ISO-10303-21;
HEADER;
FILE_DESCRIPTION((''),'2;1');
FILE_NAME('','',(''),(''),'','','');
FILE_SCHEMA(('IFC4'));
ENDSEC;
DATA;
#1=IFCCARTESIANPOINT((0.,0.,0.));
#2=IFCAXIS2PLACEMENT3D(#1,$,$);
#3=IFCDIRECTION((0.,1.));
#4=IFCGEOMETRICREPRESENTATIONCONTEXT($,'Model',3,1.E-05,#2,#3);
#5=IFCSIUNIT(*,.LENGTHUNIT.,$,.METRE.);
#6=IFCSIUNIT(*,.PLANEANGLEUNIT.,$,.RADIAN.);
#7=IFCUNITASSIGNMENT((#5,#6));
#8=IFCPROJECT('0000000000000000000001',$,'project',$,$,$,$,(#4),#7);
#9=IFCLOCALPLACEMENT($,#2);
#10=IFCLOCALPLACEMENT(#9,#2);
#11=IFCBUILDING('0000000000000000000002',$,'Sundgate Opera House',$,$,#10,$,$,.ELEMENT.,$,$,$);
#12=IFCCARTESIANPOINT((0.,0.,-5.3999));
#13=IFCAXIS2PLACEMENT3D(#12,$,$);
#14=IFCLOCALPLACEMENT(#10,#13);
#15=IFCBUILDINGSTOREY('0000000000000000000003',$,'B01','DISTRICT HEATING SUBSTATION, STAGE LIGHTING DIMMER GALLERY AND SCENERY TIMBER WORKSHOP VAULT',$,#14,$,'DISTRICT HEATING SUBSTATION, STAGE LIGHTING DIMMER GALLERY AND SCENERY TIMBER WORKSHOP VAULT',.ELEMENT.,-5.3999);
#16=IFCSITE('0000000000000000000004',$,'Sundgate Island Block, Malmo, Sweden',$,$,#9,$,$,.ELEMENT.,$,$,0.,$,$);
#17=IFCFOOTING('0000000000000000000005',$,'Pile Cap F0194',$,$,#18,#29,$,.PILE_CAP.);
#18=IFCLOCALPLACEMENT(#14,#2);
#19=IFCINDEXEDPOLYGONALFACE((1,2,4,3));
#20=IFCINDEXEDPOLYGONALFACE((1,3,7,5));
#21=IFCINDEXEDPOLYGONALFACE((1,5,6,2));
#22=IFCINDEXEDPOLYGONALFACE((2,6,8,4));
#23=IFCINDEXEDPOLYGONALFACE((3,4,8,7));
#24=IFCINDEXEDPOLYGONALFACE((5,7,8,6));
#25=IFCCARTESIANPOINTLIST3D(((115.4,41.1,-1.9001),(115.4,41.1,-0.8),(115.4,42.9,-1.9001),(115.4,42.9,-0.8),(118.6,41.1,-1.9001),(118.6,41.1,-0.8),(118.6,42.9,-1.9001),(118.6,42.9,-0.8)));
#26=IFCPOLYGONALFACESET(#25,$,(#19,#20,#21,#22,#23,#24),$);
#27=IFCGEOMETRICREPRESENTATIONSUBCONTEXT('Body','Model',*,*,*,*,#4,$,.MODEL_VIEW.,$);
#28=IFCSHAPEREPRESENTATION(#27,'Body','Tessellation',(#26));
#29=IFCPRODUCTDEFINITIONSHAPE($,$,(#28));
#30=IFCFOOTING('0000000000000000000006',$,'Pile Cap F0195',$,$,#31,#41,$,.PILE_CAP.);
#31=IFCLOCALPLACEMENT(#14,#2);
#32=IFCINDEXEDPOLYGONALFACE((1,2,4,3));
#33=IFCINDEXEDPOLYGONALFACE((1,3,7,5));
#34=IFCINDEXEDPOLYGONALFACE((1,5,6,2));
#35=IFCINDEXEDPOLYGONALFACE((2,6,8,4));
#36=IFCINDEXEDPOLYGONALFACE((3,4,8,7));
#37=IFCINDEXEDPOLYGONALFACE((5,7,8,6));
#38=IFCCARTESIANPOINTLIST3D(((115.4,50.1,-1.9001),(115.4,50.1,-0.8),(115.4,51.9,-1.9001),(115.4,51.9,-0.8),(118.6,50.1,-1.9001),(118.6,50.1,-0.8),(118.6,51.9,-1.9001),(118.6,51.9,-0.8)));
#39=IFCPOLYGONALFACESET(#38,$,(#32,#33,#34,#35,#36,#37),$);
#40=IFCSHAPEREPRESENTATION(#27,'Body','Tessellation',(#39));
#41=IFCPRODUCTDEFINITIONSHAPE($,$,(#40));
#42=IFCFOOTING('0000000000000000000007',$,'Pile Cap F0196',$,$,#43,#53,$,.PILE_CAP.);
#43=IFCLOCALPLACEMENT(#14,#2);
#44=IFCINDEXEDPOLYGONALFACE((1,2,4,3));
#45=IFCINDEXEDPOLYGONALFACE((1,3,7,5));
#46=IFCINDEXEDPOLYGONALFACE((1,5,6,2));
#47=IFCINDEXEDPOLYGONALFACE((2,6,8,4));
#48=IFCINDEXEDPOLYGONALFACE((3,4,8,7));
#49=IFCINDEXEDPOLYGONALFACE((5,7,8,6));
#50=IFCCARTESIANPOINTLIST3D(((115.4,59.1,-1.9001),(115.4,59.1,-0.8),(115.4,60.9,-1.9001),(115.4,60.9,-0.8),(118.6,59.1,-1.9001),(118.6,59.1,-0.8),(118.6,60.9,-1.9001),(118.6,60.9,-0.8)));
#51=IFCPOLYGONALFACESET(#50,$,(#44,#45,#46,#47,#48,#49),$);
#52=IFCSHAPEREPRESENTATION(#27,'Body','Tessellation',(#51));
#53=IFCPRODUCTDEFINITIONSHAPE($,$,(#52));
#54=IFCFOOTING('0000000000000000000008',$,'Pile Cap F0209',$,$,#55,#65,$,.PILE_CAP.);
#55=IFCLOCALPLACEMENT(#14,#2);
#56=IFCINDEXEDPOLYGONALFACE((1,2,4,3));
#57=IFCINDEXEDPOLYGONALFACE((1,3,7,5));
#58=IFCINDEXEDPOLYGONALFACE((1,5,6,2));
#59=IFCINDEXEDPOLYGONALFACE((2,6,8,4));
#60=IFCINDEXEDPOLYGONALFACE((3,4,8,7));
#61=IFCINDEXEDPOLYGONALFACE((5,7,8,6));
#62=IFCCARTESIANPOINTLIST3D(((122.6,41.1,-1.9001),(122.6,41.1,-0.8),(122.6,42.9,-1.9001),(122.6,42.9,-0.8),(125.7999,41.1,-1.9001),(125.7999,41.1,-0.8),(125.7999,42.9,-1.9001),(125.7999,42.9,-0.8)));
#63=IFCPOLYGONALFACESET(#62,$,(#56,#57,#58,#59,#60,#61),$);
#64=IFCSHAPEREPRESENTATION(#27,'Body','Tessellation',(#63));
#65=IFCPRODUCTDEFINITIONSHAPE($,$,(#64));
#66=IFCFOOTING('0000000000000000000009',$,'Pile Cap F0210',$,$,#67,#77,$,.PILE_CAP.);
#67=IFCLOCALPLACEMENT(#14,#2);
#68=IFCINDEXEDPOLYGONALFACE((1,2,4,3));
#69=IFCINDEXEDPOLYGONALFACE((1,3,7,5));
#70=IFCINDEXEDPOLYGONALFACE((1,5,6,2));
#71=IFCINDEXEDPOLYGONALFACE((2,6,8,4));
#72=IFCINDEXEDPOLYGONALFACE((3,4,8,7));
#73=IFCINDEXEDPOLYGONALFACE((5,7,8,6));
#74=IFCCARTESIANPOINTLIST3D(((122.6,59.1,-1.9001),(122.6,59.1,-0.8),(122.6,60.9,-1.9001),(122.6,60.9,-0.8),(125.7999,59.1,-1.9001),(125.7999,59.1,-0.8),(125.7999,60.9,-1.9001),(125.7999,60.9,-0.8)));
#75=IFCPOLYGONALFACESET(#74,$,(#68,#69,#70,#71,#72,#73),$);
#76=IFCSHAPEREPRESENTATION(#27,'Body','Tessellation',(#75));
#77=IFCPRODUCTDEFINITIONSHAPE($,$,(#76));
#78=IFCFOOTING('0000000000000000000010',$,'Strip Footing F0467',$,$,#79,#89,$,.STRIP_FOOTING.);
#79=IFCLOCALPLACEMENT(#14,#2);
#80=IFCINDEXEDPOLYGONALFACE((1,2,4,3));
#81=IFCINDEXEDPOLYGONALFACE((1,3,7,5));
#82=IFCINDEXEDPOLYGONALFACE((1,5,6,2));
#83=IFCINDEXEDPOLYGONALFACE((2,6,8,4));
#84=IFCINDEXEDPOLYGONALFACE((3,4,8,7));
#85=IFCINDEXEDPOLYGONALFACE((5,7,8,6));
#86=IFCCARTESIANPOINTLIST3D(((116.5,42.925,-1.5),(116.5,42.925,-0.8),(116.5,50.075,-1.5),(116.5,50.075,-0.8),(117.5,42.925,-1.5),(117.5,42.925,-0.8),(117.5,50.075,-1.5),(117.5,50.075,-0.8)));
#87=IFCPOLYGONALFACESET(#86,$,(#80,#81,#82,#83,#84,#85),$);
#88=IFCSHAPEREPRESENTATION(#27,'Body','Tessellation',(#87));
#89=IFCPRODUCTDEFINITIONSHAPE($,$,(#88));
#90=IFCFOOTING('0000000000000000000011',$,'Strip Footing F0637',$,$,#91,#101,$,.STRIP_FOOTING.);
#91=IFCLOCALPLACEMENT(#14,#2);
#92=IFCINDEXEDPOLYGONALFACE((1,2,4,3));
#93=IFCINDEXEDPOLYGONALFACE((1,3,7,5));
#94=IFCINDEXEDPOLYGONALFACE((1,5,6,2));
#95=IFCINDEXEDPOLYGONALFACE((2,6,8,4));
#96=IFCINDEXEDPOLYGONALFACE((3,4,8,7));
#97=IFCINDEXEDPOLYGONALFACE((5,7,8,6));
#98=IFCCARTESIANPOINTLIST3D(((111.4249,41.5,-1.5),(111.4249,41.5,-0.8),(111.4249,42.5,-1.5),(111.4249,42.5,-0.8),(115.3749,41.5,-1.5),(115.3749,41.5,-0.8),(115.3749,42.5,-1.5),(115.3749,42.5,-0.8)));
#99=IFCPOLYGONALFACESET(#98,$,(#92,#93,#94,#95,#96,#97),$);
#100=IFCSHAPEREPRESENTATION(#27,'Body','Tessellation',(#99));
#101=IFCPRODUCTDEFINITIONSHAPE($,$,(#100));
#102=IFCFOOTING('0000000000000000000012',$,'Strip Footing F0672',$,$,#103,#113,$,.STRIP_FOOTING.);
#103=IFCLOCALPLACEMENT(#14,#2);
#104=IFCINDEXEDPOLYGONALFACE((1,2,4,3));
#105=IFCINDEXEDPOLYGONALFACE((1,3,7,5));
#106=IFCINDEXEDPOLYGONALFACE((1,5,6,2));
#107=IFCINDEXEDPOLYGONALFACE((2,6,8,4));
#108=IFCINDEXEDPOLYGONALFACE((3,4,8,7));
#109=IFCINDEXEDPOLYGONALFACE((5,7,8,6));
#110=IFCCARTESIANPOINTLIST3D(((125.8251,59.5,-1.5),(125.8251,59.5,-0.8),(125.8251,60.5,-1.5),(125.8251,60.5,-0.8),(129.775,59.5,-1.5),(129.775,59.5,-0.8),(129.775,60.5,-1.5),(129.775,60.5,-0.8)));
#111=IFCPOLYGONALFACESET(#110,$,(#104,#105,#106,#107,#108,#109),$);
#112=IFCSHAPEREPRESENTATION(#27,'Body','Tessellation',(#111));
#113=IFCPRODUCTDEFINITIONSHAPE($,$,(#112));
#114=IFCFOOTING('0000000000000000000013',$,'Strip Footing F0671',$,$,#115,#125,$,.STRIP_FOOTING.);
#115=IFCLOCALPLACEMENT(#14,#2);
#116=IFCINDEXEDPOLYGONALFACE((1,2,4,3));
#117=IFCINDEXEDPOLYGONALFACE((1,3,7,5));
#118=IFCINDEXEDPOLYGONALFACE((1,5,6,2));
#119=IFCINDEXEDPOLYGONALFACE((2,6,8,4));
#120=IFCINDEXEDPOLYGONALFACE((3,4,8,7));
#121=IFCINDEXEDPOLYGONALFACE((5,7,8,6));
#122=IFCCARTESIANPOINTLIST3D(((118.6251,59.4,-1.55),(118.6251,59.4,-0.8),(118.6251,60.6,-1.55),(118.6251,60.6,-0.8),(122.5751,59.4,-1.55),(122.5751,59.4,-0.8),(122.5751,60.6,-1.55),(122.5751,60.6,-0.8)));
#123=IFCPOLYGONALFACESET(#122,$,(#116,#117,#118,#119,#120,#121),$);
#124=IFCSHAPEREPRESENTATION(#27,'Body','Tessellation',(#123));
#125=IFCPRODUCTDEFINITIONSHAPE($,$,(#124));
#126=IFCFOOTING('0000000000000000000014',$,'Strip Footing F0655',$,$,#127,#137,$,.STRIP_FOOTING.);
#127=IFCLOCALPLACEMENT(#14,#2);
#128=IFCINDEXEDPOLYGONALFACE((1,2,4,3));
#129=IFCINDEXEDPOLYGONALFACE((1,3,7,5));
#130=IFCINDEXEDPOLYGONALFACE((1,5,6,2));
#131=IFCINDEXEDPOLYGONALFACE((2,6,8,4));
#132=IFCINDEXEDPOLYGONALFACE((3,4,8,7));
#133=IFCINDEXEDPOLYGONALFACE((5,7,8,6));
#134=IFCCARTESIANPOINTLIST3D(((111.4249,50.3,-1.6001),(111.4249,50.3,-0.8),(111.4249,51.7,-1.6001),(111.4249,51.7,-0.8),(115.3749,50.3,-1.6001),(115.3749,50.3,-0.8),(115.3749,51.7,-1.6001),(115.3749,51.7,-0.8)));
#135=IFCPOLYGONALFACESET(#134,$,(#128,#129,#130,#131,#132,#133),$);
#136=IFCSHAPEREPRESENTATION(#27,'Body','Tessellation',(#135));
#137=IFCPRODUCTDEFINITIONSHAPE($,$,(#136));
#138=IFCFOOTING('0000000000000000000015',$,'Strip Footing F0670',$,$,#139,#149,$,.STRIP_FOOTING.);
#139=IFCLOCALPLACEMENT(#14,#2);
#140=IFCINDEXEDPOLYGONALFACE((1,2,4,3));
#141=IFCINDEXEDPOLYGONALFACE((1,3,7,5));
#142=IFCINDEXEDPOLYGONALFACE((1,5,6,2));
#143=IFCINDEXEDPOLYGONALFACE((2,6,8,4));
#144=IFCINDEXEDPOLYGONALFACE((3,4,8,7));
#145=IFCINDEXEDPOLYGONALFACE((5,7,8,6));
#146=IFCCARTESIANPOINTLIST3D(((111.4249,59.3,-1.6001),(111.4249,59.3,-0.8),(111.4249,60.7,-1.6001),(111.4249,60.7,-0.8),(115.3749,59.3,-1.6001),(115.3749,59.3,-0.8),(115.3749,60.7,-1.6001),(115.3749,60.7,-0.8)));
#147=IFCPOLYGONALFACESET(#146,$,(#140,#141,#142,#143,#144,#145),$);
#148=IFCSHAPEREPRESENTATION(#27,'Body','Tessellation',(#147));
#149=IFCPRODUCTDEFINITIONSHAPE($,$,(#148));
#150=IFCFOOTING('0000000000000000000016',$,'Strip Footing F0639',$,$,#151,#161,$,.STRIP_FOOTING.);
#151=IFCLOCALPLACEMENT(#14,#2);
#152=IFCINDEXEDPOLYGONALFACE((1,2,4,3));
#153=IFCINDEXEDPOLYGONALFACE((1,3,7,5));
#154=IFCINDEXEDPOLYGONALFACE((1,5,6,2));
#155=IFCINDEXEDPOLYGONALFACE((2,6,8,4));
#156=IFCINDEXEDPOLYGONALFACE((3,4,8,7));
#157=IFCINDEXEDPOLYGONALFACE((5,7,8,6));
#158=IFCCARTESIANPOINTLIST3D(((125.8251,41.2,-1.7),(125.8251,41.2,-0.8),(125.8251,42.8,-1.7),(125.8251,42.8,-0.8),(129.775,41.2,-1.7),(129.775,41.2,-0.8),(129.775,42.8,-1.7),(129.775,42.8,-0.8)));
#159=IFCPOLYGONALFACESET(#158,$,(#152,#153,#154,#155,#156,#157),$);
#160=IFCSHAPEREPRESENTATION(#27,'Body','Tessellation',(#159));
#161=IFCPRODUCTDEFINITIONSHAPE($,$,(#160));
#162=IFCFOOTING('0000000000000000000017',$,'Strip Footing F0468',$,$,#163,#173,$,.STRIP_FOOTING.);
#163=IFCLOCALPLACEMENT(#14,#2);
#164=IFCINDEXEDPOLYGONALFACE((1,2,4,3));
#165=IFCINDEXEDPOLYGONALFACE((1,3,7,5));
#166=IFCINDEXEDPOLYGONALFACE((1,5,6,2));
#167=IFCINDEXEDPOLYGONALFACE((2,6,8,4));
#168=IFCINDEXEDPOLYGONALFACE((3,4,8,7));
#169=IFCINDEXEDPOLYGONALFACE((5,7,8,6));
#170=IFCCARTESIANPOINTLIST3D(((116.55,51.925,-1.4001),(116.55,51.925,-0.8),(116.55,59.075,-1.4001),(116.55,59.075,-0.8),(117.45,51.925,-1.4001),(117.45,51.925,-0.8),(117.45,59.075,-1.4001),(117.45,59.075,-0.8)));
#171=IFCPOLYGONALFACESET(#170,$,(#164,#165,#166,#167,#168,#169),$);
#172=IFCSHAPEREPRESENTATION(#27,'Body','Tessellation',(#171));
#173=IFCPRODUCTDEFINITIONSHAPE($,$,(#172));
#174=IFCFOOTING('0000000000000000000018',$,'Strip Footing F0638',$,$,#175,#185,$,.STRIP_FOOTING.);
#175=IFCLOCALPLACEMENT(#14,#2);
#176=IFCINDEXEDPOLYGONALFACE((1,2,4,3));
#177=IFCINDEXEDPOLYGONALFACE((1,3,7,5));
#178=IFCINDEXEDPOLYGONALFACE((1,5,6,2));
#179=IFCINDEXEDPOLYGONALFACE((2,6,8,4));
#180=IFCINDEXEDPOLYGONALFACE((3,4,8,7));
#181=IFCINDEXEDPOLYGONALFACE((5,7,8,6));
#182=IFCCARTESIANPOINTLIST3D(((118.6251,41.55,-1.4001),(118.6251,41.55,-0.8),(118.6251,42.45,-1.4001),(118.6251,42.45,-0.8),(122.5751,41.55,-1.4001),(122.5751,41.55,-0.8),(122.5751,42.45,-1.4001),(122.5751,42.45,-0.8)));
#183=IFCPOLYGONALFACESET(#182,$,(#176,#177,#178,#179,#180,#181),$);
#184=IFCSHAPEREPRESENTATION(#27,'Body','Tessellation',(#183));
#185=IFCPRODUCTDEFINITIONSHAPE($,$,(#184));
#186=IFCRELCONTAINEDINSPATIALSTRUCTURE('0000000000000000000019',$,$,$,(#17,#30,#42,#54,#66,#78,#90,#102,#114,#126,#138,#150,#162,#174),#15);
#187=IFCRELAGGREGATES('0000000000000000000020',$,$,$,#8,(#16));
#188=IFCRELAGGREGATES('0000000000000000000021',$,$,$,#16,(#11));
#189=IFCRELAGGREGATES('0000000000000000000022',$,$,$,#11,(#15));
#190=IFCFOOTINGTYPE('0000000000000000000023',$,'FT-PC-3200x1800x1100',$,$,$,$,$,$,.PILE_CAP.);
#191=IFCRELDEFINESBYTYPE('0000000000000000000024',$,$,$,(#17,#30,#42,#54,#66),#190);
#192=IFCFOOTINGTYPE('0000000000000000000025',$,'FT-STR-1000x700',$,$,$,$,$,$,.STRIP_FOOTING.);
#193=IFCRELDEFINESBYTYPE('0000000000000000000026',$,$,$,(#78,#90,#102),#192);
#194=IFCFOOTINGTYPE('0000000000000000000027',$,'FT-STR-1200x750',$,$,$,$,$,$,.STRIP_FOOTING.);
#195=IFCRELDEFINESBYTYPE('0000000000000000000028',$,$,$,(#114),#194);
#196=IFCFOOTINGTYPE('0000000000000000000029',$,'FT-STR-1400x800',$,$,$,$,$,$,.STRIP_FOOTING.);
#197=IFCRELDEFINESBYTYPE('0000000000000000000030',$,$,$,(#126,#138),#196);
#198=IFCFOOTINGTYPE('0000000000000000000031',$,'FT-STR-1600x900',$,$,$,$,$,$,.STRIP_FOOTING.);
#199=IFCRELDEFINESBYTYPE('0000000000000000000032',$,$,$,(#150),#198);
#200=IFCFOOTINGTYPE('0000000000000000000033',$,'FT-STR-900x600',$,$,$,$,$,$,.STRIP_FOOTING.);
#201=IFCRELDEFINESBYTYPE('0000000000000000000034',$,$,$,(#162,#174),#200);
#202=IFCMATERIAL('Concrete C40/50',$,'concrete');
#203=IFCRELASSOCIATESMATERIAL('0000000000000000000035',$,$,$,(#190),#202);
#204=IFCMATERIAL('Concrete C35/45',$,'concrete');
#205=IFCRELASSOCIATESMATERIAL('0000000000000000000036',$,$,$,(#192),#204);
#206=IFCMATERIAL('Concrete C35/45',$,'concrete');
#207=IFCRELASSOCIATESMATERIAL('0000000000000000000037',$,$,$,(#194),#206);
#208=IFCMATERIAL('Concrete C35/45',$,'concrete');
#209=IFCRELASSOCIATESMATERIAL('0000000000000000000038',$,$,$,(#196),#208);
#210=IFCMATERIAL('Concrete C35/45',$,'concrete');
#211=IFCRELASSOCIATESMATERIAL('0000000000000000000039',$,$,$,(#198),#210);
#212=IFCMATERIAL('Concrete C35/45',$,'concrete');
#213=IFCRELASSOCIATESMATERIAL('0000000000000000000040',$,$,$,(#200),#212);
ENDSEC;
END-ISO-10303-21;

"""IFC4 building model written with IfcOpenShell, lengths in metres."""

from ifc_helpers import new_model, si_unit, direction, frame, origin, origin_2d, place, context, subcontext, project, spatial, rectangle, extrude, material, type_object, element, save


model = new_model("IFC4")

# Units and contexts
model_context = context("Model", 3, precision=1e-05, world=origin(), true_north=direction((0.0, 1.0)))
body_context = subcontext(model_context, "Body", "Model", "MODEL_VIEW")
ifc_project = project(units=[si_unit("LENGTHUNIT", "METRE"), si_unit("PLANEANGLEUNIT", "RADIAN")], contexts=[model_context])

# Site, building, storey
site_placement = place(None, origin())
site = spatial("IfcSite", under=ifc_project, at=site_placement, Name="Sundgate Island Block, Malmo, Sweden", CompositionType="ELEMENT", RefElevation=0.0)
building_placement = place(site_placement, origin())
building = spatial("IfcBuilding", under=site, at=building_placement, Name="Sundgate Opera House", CompositionType="ELEMENT")
storey_placement = place(building_placement, frame((0.0, 0.0, -5.3999)))
storey = spatial("IfcBuildingStorey", under=building, at=storey_placement, Name="B01", Description="DISTRICT HEATING SUBSTATION, STAGE LIGHTING DIMMER GALLERY AND SCENERY TIMBER WORKSHOP VAULT", LongName="DISTRICT HEATING SUBSTATION, STAGE LIGHTING DIMMER GALLERY AND SCENERY TIMBER WORKSHOP VAULT", CompositionType="ELEMENT", Elevation=-5.3999)

# Footings
ifc_material_1 = material(Name="Concrete C40/50", Category="concrete")
footing_type_1 = type_object("IfcFootingType", Name="FT-PC-3200x1800x1100", PredefinedType="PILE_CAP", material=ifc_material_1)
for number, where, z_axis, x_axis, name in (
    (1, (117.0, 42.0, -1.9001), (0.0, 0.0, 1.0), (1.0, 0.0, 0.0), "Pile Cap F0194"),
    (2, (117.0, 51.0, -1.9001), (0.0, 0.0, 1.0), (1.0, 0.0, 0.0), "Pile Cap F0195"),
    (3, (117.0, 60.0, -1.9001), (0.0, 0.0, 1.0), (1.0, 0.0, 0.0), "Pile Cap F0196"),
    (4, (124.2, 42.0, -1.9001), (0.0, 0.0, 1.0), (1.0, 0.0, 0.0), "Pile Cap F0209"),
    (5, (124.2, 60.0, -1.9001), (0.0, 0.0, 1.0), (1.0, 0.0, 0.0), "Pile Cap F0210"),
):
    element("IfcFooting", number, at=place(storey_placement, frame(where, z_axis=z_axis, x_axis=x_axis)), inside=storey, type_object=footing_type_1, Name=name, PredefinedType="PILE_CAP", context=body_context, shape_type="SweptSolid", body=[
        extrude(rectangle(XDim=3.2, YDim=1.8, at=origin_2d()), origin(), (0.0, 0.0, 1.0), 1.1001),
    ])
ifc_material_2 = material(Name="Concrete C35/45", Category="concrete")
footing_type_2 = type_object("IfcFootingType", Name="FT-STR-1000x700", PredefinedType="STRIP_FOOTING", material=ifc_material_2)
footing_1_placement = place(storey_placement, frame((117.0, 46.5, -1.5), z_axis=(0.0, 0.0, 1.0), x_axis=(1.0, 0.0, 0.0)))
element("IfcFooting", 6, at=footing_1_placement, inside=storey, type_object=footing_type_2, Name="Strip Footing F0467", PredefinedType="STRIP_FOOTING", context=body_context, shape_type="SweptSolid", body=[
    extrude(rectangle(XDim=1.0, YDim=7.1499, at=origin_2d()), origin(), (0.0, 0.0, 1.0), 0.7),
])
for number, where, z_axis, x_axis, name in (
    (7, (113.3999, 42.0, -1.5), (0.0, 0.0, 1.0), (1.0, 0.0, 0.0), "Strip Footing F0637"),
    (8, (127.8, 60.0, -1.5), (0.0, 0.0, 1.0), (1.0, 0.0, 0.0), "Strip Footing F0672"),
):
    element("IfcFooting", number, at=place(storey_placement, frame(where, z_axis=z_axis, x_axis=x_axis)), inside=storey, type_object=footing_type_2, Name=name, PredefinedType="STRIP_FOOTING", context=body_context, shape_type="SweptSolid", body=[
        extrude(rectangle(XDim=3.95, YDim=1.0, at=origin_2d()), origin(), (0.0, 0.0, 1.0), 0.7),
    ])
ifc_material_3 = material(Name="Concrete C35/45", Category="concrete")
footing_type_3 = type_object("IfcFootingType", Name="FT-STR-1200x750", PredefinedType="STRIP_FOOTING", material=ifc_material_3)
footing_2_placement = place(storey_placement, frame((120.6001, 60.0, -1.55), z_axis=(0.0, 0.0, 1.0), x_axis=(1.0, 0.0, 0.0)))
element("IfcFooting", 9, at=footing_2_placement, inside=storey, type_object=footing_type_3, Name="Strip Footing F0671", PredefinedType="STRIP_FOOTING", context=body_context, shape_type="SweptSolid", body=[
    extrude(rectangle(XDim=3.95, YDim=1.2, at=origin_2d()), origin(), (0.0, 0.0, 1.0), 0.75),
])
ifc_material_4 = material(Name="Concrete C35/45", Category="concrete")
footing_type_4 = type_object("IfcFootingType", Name="FT-STR-1400x800", PredefinedType="STRIP_FOOTING", material=ifc_material_4)
for number, where, z_axis, x_axis, name in (
    (10, (113.3999, 51.0, -1.6001), (0.0, 0.0, 1.0), (1.0, 0.0, 0.0), "Strip Footing F0655"),
    (11, (113.3999, 60.0, -1.6001), (0.0, 0.0, 1.0), (1.0, 0.0, 0.0), "Strip Footing F0670"),
):
    element("IfcFooting", number, at=place(storey_placement, frame(where, z_axis=z_axis, x_axis=x_axis)), inside=storey, type_object=footing_type_4, Name=name, PredefinedType="STRIP_FOOTING", context=body_context, shape_type="SweptSolid", body=[
        extrude(rectangle(XDim=3.95, YDim=1.3999, at=origin_2d()), origin(), (0.0, 0.0, 1.0), 0.8),
    ])
ifc_material_5 = material(Name="Concrete C35/45", Category="concrete")
footing_type_5 = type_object("IfcFootingType", Name="FT-STR-1600x900", PredefinedType="STRIP_FOOTING", material=ifc_material_5)
footing_3_placement = place(storey_placement, frame((127.8, 42.0, -1.7), z_axis=(0.0, 0.0, 1.0), x_axis=(1.0, 0.0, 0.0)))
element("IfcFooting", 12, at=footing_3_placement, inside=storey, type_object=footing_type_5, Name="Strip Footing F0639", PredefinedType="STRIP_FOOTING", context=body_context, shape_type="SweptSolid", body=[
    extrude(rectangle(XDim=3.95, YDim=1.6001, at=origin_2d()), origin(), (0.0, 0.0, 1.0), 0.8999),
])
ifc_material_6 = material(Name="Concrete C35/45", Category="concrete")
footing_type_6 = type_object("IfcFootingType", Name="FT-STR-900x600", PredefinedType="STRIP_FOOTING", material=ifc_material_6)
footing_4_placement = place(storey_placement, frame((117.0, 55.5, -1.4001), z_axis=(0.0, 0.0, 1.0), x_axis=(1.0, 0.0, 0.0)))
element("IfcFooting", 13, at=footing_4_placement, inside=storey, type_object=footing_type_6, Name="Strip Footing F0468", PredefinedType="STRIP_FOOTING", context=body_context, shape_type="SweptSolid", body=[
    extrude(rectangle(XDim=0.8999, YDim=7.1499, at=origin_2d()), origin(), (0.0, 0.0, 1.0), 0.6001),
])
footing_5_placement = place(storey_placement, frame((120.6001, 42.0, -1.4001), z_axis=(0.0, 0.0, 1.0), x_axis=(1.0, 0.0, 0.0)))
element("IfcFooting", 14, at=footing_5_placement, inside=storey, type_object=footing_type_6, Name="Strip Footing F0638", PredefinedType="STRIP_FOOTING", context=body_context, shape_type="SweptSolid", body=[
    extrude(rectangle(XDim=3.95, YDim=0.8999, at=origin_2d()), origin(), (0.0, 0.0, 1.0), 0.6001),
])

save(model, "model.ifc")
